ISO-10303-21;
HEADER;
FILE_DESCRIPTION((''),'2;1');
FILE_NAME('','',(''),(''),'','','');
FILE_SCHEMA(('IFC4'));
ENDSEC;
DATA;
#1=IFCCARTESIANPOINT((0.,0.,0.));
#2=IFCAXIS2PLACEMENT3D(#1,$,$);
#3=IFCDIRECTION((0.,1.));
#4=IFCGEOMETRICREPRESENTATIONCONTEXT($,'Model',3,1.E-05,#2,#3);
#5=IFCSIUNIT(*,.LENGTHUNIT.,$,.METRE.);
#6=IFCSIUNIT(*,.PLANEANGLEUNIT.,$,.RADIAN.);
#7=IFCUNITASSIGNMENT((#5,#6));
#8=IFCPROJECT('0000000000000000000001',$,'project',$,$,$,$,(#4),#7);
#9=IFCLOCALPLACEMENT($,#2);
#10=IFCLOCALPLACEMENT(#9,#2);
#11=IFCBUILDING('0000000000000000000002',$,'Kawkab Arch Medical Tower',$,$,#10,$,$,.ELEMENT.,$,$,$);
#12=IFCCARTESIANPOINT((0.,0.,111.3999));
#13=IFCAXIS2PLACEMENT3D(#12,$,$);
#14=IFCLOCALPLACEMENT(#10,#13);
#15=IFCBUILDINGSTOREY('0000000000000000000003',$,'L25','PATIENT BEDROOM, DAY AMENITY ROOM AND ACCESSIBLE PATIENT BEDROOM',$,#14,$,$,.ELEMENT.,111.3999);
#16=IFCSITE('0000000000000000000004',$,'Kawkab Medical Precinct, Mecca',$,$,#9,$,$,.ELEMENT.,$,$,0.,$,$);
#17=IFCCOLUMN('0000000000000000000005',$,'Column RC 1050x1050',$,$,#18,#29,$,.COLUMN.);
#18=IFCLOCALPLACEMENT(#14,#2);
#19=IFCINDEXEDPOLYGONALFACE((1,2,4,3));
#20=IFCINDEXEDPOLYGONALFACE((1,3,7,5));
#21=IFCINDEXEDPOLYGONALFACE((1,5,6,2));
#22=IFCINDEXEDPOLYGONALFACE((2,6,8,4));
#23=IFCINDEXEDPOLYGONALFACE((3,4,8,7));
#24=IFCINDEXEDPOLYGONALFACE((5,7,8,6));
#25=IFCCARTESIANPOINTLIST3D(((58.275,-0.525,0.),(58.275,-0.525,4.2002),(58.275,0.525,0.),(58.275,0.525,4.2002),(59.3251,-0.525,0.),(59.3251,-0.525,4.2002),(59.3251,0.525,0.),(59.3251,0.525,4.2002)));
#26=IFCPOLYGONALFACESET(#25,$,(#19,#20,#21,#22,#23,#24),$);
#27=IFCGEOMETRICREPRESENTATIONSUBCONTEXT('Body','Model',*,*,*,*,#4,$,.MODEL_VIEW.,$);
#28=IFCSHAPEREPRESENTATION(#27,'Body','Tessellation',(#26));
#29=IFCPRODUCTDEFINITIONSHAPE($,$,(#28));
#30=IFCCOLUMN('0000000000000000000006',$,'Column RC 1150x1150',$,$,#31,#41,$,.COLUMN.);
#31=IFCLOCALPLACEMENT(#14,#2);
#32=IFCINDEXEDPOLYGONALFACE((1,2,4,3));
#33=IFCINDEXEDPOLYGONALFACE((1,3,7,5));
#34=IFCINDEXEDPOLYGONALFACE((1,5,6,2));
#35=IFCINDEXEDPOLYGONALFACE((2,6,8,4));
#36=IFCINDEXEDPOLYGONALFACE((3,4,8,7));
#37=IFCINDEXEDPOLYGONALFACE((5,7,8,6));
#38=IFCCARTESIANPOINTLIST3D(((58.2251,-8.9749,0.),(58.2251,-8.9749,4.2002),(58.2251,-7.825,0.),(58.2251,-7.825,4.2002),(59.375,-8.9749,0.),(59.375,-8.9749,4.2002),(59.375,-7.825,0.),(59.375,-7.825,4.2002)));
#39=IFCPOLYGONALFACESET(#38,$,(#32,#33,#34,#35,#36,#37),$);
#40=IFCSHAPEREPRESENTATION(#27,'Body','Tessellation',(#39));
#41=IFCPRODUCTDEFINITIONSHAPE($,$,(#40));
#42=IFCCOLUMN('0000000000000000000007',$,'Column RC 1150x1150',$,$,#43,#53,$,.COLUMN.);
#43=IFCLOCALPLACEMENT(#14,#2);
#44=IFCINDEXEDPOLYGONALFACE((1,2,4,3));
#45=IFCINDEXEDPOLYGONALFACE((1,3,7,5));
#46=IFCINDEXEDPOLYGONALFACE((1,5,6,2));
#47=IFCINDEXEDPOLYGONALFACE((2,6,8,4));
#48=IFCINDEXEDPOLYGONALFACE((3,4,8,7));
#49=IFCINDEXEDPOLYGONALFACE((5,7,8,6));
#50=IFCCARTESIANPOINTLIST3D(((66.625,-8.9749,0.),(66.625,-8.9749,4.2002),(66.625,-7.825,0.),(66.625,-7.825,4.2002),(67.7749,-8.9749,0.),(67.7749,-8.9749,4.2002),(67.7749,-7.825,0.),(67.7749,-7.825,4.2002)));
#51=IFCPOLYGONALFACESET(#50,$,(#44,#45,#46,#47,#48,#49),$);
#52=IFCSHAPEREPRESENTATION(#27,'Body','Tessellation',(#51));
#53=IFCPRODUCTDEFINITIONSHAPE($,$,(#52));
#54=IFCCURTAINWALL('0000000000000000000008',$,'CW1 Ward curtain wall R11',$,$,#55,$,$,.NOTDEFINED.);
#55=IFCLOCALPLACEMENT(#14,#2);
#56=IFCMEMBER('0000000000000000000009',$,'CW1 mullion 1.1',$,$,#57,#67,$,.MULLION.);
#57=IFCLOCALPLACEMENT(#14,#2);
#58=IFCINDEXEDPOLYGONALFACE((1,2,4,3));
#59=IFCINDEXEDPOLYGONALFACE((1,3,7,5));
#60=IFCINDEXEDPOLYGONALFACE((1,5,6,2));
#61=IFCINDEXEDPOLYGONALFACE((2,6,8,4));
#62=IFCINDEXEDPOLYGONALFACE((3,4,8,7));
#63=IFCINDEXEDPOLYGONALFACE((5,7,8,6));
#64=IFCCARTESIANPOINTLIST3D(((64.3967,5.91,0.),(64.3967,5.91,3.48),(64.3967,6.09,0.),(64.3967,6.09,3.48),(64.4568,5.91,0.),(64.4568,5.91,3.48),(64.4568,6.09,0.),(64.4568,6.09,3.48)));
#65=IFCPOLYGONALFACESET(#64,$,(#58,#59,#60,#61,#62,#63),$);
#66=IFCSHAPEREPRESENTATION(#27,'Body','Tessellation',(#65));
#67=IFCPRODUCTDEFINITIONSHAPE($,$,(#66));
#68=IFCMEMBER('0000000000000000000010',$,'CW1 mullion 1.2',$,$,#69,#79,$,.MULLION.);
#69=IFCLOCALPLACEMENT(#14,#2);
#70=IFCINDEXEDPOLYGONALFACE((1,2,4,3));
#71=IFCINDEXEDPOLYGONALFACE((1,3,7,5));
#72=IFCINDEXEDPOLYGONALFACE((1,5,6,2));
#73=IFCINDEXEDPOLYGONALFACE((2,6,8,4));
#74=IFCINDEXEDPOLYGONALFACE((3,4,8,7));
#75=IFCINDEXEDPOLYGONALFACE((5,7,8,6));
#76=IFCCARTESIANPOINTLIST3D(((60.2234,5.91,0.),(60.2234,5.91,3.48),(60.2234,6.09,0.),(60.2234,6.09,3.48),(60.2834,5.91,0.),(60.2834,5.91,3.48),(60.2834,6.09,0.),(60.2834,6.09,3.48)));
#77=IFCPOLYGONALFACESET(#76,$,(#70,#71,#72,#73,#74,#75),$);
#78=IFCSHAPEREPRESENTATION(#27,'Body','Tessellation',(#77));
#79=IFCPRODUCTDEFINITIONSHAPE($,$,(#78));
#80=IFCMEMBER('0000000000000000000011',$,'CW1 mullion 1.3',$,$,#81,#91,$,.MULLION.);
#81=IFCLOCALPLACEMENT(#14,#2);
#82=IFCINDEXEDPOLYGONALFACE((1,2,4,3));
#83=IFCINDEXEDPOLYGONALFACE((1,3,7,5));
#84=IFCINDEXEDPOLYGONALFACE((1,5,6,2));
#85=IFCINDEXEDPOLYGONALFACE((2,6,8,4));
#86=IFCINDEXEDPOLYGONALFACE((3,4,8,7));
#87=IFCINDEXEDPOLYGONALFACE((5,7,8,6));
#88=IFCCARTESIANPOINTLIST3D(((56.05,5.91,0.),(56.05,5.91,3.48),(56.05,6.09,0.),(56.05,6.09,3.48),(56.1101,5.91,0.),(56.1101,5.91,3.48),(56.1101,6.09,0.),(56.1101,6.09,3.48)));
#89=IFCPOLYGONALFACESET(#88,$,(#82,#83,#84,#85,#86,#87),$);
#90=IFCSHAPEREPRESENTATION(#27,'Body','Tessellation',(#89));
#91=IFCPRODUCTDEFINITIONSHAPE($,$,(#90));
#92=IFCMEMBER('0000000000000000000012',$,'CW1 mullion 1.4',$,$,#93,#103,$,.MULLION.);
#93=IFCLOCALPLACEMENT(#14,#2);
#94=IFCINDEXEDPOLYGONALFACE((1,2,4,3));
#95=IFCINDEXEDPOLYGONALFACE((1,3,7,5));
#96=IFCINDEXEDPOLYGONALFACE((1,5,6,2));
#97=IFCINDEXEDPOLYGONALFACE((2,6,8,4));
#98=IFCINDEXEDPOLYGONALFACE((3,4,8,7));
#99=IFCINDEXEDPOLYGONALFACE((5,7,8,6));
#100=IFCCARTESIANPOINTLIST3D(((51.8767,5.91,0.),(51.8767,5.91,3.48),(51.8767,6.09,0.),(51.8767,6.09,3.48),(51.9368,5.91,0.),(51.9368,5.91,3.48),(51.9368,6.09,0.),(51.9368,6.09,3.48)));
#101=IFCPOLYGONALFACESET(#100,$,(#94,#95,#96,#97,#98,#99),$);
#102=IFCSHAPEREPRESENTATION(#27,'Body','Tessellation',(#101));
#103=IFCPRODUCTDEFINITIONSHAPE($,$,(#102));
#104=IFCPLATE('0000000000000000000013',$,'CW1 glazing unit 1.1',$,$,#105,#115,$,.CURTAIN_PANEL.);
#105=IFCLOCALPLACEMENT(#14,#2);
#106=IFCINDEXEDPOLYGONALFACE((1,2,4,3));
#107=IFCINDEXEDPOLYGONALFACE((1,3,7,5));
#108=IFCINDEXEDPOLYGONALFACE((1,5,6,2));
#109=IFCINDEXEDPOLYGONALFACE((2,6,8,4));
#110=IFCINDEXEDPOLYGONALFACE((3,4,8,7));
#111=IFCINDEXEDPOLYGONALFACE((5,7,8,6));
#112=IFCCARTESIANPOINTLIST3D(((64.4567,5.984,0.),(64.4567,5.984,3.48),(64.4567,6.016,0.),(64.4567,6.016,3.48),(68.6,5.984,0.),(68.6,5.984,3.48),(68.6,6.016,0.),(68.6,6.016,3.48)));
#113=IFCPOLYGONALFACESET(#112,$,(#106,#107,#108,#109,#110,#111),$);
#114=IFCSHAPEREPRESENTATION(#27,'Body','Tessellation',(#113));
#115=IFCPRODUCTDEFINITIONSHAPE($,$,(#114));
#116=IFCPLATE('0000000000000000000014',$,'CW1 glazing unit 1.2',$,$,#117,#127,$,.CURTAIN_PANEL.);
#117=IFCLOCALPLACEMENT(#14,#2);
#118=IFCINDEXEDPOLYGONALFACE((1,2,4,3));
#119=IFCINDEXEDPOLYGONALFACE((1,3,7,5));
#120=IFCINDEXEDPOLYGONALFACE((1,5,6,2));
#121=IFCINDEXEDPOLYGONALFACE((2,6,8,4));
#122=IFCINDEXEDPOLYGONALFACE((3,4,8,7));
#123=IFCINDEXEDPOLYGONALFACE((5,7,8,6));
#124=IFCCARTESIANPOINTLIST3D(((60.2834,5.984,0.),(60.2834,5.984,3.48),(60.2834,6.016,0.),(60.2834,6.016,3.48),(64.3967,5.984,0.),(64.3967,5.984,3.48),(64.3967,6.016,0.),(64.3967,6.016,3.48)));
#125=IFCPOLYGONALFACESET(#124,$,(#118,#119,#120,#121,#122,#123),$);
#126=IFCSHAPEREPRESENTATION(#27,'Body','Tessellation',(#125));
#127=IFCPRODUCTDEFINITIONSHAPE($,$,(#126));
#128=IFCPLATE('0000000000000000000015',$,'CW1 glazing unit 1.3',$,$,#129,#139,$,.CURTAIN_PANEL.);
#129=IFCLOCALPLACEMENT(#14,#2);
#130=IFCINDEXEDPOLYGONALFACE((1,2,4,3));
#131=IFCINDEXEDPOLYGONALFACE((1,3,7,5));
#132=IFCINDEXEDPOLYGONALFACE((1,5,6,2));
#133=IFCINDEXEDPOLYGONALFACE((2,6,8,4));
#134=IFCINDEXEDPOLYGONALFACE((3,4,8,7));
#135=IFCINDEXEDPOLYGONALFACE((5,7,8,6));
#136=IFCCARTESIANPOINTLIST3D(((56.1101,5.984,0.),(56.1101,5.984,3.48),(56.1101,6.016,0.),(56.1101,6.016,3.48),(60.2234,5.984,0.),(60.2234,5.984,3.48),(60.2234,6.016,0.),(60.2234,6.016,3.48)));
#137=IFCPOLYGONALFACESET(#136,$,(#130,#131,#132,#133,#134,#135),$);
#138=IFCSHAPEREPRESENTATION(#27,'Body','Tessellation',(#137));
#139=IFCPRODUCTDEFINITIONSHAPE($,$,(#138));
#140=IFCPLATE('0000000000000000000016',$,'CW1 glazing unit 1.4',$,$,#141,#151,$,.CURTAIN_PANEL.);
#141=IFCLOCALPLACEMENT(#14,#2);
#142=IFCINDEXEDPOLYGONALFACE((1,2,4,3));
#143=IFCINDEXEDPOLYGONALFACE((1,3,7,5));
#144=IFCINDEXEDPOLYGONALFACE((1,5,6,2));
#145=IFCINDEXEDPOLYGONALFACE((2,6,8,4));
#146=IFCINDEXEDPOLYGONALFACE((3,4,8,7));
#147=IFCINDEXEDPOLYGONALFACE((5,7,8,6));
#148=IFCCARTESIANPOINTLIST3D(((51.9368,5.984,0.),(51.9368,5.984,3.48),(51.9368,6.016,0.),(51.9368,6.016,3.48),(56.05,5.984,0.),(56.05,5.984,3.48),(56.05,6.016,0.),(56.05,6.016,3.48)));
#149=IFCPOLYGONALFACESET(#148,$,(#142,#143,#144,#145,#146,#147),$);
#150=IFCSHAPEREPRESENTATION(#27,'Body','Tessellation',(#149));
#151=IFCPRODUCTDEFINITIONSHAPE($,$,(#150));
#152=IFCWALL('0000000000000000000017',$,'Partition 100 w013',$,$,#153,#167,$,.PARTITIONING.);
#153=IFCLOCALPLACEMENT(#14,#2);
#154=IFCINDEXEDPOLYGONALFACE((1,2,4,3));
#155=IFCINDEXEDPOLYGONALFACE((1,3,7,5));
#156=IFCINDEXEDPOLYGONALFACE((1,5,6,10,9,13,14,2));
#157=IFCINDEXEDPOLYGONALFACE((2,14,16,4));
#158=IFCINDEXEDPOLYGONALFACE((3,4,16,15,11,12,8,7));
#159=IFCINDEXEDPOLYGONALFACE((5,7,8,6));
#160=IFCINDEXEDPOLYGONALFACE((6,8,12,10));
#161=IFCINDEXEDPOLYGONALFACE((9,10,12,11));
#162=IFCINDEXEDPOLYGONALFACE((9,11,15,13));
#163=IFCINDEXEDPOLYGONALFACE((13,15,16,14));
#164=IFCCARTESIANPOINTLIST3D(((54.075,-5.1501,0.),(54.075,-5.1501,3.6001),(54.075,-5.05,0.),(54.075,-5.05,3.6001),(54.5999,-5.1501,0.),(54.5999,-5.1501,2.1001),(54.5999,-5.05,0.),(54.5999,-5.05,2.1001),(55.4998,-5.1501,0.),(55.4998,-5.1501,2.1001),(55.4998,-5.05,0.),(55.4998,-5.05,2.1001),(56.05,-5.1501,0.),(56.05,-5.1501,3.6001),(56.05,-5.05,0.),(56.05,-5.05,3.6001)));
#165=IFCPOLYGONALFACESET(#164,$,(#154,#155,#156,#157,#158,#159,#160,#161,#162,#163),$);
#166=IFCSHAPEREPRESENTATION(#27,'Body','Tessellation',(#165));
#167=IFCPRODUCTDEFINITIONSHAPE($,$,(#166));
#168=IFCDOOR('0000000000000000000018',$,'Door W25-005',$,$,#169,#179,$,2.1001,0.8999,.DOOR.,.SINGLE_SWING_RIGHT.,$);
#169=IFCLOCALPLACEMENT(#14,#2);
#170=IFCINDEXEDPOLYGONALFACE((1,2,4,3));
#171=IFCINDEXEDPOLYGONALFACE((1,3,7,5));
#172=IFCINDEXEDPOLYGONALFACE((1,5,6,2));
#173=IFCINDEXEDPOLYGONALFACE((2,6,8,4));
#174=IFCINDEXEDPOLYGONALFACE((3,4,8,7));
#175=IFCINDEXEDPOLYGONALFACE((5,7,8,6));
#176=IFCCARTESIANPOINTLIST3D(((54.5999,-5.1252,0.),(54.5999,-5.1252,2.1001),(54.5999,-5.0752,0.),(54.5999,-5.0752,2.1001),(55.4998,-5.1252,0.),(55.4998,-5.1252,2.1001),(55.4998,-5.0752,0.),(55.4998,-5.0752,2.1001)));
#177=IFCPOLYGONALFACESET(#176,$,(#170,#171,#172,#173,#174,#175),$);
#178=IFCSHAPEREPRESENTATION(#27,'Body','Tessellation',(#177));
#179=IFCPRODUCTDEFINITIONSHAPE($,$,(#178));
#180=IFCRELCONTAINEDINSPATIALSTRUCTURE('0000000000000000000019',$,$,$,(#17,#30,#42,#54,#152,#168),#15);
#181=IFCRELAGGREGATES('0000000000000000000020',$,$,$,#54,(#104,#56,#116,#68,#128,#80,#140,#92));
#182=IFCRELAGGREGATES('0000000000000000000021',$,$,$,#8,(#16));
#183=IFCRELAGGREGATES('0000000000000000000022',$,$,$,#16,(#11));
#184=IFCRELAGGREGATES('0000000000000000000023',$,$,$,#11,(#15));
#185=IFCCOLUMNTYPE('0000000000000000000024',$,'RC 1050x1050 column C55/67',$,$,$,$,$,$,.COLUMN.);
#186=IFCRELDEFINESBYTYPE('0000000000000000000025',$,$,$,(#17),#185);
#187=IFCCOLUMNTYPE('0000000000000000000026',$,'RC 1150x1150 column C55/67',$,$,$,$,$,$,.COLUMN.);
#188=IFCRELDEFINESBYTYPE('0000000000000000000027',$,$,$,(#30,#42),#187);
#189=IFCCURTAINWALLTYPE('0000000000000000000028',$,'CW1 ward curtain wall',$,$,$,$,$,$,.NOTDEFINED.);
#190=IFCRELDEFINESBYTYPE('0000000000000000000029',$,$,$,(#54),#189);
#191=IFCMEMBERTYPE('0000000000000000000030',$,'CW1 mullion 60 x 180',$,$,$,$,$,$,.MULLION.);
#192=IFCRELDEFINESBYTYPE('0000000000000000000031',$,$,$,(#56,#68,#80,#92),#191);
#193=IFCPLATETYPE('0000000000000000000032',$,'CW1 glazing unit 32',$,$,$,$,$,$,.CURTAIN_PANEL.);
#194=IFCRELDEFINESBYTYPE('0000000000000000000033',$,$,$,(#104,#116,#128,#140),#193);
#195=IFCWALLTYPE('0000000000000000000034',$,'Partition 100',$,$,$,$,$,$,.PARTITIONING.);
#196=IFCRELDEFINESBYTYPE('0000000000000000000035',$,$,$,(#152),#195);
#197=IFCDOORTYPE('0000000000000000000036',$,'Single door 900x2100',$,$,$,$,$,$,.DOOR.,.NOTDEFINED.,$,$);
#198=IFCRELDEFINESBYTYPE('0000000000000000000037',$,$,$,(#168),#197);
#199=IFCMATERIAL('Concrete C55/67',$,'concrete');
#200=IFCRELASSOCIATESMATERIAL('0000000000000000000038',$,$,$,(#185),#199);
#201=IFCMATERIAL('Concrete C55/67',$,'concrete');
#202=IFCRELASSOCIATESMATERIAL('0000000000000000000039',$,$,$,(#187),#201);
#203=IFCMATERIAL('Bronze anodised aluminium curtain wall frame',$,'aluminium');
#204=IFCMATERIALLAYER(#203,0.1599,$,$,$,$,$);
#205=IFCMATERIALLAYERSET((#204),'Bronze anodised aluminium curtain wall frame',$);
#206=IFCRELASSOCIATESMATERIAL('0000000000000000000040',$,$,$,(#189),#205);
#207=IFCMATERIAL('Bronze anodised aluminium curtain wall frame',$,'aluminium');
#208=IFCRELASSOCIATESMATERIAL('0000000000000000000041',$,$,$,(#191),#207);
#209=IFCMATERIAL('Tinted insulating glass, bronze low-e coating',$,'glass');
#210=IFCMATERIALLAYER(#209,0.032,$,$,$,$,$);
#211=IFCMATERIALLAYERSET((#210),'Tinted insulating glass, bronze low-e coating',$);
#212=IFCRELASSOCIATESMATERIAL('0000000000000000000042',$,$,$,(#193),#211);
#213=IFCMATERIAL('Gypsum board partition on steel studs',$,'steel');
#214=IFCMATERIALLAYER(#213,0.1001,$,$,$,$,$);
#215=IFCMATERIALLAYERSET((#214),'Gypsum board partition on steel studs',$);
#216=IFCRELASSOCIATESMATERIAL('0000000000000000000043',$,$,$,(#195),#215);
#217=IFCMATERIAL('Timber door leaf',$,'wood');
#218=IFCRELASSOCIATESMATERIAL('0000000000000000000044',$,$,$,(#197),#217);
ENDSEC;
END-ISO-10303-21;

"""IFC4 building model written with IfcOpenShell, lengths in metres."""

from ifc_helpers import new_model, si_unit, direction, frame, frame_2d, origin, origin_2d, place, context, subcontext, project, spatial, rectangle, extrude, material, layer, layer_set, material_profile, profile_set, type_object, element, fill, aggregate, save


model = new_model("IFC4")

# Units and contexts
model_context = context("Model", 3, precision=1e-05, world=origin(), true_north=direction((0.0, 1.0)))
body_context = subcontext(model_context, "Body", "Model", "MODEL_VIEW")
ifc_project = project(units=[si_unit("LENGTHUNIT", "METRE"), si_unit("PLANEANGLEUNIT", "RADIAN")], contexts=[model_context])

# Site, building, storey
site_placement = place(None, origin())
site = spatial("IfcSite", under=ifc_project, at=site_placement, Name="Kawkab Medical Precinct, Mecca", CompositionType="ELEMENT", RefElevation=0.0)
building_placement = place(site_placement, origin())
building = spatial("IfcBuilding", under=site, at=building_placement, Name="Kawkab Arch Medical Tower", CompositionType="ELEMENT")
storey_placement = place(building_placement, frame((0.0, 0.0, 111.3999)))
storey = spatial("IfcBuildingStorey", under=building, at=storey_placement, Name="L25", Description="PATIENT BEDROOM, DAY AMENITY ROOM AND ACCESSIBLE PATIENT BEDROOM", CompositionType="ELEMENT", Elevation=111.3999)

# Columns
ifc_material_1 = material(Name="Concrete C55/67", Category="concrete")
ifc_material_profile_1 = material_profile(ifc_material_1, rectangle(XDim=1.05, YDim=1.05, at=origin_2d()), Name="RC 1050x1050")
ifc_profile_set_1 = profile_set([ifc_material_profile_1], Name="Concrete C55/67")
column_type_1 = type_object("IfcColumnType", Name="RC 1050x1050 column C55/67", PredefinedType="COLUMN", material=ifc_profile_set_1)
column_placement = place(storey_placement, frame((58.8, 0.0, 0.0), z_axis=(0.0, 0.0, 1.0), x_axis=(1.0, 0.0, 0.0)))
element("IfcColumn", 1, at=column_placement, inside=storey, type_object=column_type_1, Name="Column RC 1050x1050", PredefinedType="COLUMN", context=body_context, shape_type="SweptSolid", body=[
    extrude(rectangle(XDim=1.05, YDim=1.05, at=origin_2d()), origin(), (0.0, 0.0, 1.0), 4.2002),
])
ifc_material_2 = material(Name="Concrete C55/67", Category="concrete")
ifc_material_profile_2 = material_profile(ifc_material_2, rectangle(XDim=1.1499, YDim=1.1499, at=origin_2d()), Name="RC 1150x1150")
ifc_profile_set_2 = profile_set([ifc_material_profile_2], Name="Concrete C55/67")
column_type_2 = type_object("IfcColumnType", Name="RC 1150x1150 column C55/67", PredefinedType="COLUMN", material=ifc_profile_set_2)
for number, where, z_axis, x_axis, name in (
    (2, (58.8, -8.3999, 0.0), (0.0, 0.0, 1.0), (1.0, 0.0, 0.0), "Column RC 1150x1150"),
    (3, (67.2, -8.3999, 0.0), (0.0, 0.0, 1.0), (1.0, 0.0, 0.0), "Column RC 1150x1150"),
):
    element("IfcColumn", number, at=place(storey_placement, frame(where, z_axis=z_axis, x_axis=x_axis)), inside=storey, type_object=column_type_2, Name=name, PredefinedType="COLUMN", context=body_context, shape_type="SweptSolid", body=[
        extrude(rectangle(XDim=1.1499, YDim=1.1499, at=origin_2d()), origin(), (0.0, 0.0, 1.0), 4.2002),
    ])

# Curtain wall, members, plates
ifc_material_3 = material(Name="Bronze anodised aluminium curtain wall frame", Category="aluminium")
ifc_layer_1 = layer(ifc_material_3, 0.1599)
ifc_layer_set_1 = layer_set([ifc_layer_1], Name="Bronze anodised aluminium curtain wall frame")
curtain_wall_type = type_object("IfcCurtainWallType", Name="CW1 ward curtain wall", PredefinedType="NOTDEFINED", material=ifc_layer_set_1)
curtain_wall_placement = place(storey_placement, origin())
curtain_wall = element("IfcCurtainWall", 4, at=curtain_wall_placement, inside=storey, type_object=curtain_wall_type, Name="CW1 Ward curtain wall R11", PredefinedType="NOTDEFINED")
ifc_material_4 = material(Name="Bronze anodised aluminium curtain wall frame", Category="aluminium")
ifc_material_profile_3 = material_profile(ifc_material_4, rectangle(XDim=0.1799, YDim=0.0601, at=origin_2d()), Name="AL 60x180")
ifc_profile_set_3 = profile_set([ifc_material_profile_3], Name="Bronze anodised aluminium curtain wall frame")
member_type = type_object("IfcMemberType", Name="CW1 mullion 60 x 180", PredefinedType="MULLION", material=ifc_profile_set_3)
member_1_placement = place(storey_placement, frame((64.4268, 6.0, 0.0), z_axis=(0.0, 0.0, 1.0), x_axis=(0.0, -1.0, 0.0)))
member_1 = element("IfcMember", 5, at=member_1_placement, type_object=member_type, Name="CW1 mullion 1.1", PredefinedType="MULLION", context=body_context, shape_type="SweptSolid", body=[
    extrude(rectangle(XDim=0.1799, YDim=0.0601, at=origin_2d()), origin(), (0.0, 0.0, 1.0), 3.48),
])
member_2_placement = place(storey_placement, frame((60.2534, 6.0, 0.0), z_axis=(0.0, 0.0, 1.0), x_axis=(0.0, -1.0, 0.0)))
member_2 = element("IfcMember", 6, at=member_2_placement, type_object=member_type, Name="CW1 mullion 1.2", PredefinedType="MULLION", context=body_context, shape_type="SweptSolid", body=[
    extrude(rectangle(XDim=0.1799, YDim=0.0601, at=origin_2d()), origin(), (0.0, 0.0, 1.0), 3.48),
])
member_3_placement = place(storey_placement, frame((56.0801, 6.0, 0.0), z_axis=(0.0, 0.0, 1.0), x_axis=(0.0, -1.0, 0.0)))
member_3 = element("IfcMember", 7, at=member_3_placement, type_object=member_type, Name="CW1 mullion 1.3", PredefinedType="MULLION", context=body_context, shape_type="SweptSolid", body=[
    extrude(rectangle(XDim=0.1799, YDim=0.0601, at=origin_2d()), origin(), (0.0, 0.0, 1.0), 3.48),
])
member_4_placement = place(storey_placement, frame((51.9067, 6.0, 0.0), z_axis=(0.0, 0.0, 1.0), x_axis=(0.0, -1.0, 0.0)))
member_4 = element("IfcMember", 8, at=member_4_placement, type_object=member_type, Name="CW1 mullion 1.4", PredefinedType="MULLION", context=body_context, shape_type="SweptSolid", body=[
    extrude(rectangle(XDim=0.1799, YDim=0.0601, at=origin_2d()), origin(), (0.0, 0.0, 1.0), 3.48),
])
ifc_material_5 = material(Name="Tinted insulating glass, bronze low-e coating", Category="glass")
ifc_layer_2 = layer(ifc_material_5, 0.032)
ifc_layer_set_2 = layer_set([ifc_layer_2], Name="Tinted insulating glass, bronze low-e coating")
plate_type = type_object("IfcPlateType", Name="CW1 glazing unit 32", PredefinedType="CURTAIN_PANEL", material=ifc_layer_set_2)
plate_1_placement = place(storey_placement, frame((66.5283, 6.0, 0.0), z_axis=(0.0, 0.0, 1.0), x_axis=(-1.0, 0.0, 0.0)))
plate_1 = element("IfcPlate", 9, at=plate_1_placement, type_object=plate_type, Name="CW1 glazing unit 1.1", PredefinedType="CURTAIN_PANEL", context=body_context, shape_type="SweptSolid", body=[
    extrude(rectangle(XDim=4.1433, YDim=0.032, at=origin_2d()), origin(), (0.0, 0.0, 1.0), 3.48),
])
plate_2_placement = place(storey_placement, frame((62.3401, 6.0, 0.0), z_axis=(0.0, 0.0, 1.0), x_axis=(-1.0, 0.0, 0.0)))
plate_2 = element("IfcPlate", 10, at=plate_2_placement, type_object=plate_type, Name="CW1 glazing unit 1.2", PredefinedType="CURTAIN_PANEL", context=body_context, shape_type="SweptSolid", body=[
    extrude(rectangle(XDim=4.1133, YDim=0.032, at=origin_2d()), origin(), (0.0, 0.0, 1.0), 3.48),
])
plate_3_placement = place(storey_placement, frame((58.1667, 6.0, 0.0), z_axis=(0.0, 0.0, 1.0), x_axis=(-1.0, 0.0, 0.0)))
plate_3 = element("IfcPlate", 11, at=plate_3_placement, type_object=plate_type, Name="CW1 glazing unit 1.3", PredefinedType="CURTAIN_PANEL", context=body_context, shape_type="SweptSolid", body=[
    extrude(rectangle(XDim=4.1133, YDim=0.032, at=origin_2d()), origin(), (0.0, 0.0, 1.0), 3.48),
])
plate_4_placement = place(storey_placement, frame((53.9934, 6.0, 0.0), z_axis=(0.0, 0.0, 1.0), x_axis=(-1.0, 0.0, 0.0)))
plate_4 = element("IfcPlate", 12, at=plate_4_placement, type_object=plate_type, Name="CW1 glazing unit 1.4", PredefinedType="CURTAIN_PANEL", context=body_context, shape_type="SweptSolid", body=[
    extrude(rectangle(XDim=4.1133, YDim=0.032, at=origin_2d()), origin(), (0.0, 0.0, 1.0), 3.48),
])
aggregate(curtain_wall, [plate_1, member_1, plate_2, member_2, plate_3, member_3, plate_4, member_4])

# Wall, opening, door
ifc_material_6 = material(Name="Gypsum board partition on steel studs", Category="steel")
ifc_layer_3 = layer(ifc_material_6, 0.1001)
ifc_layer_set_3 = layer_set([ifc_layer_3], Name="Gypsum board partition on steel studs")
wall_type_1 = type_object("IfcWallType", Name="Partition 100", PredefinedType="PARTITIONING", material=ifc_layer_set_3)
wall_1_placement = place(storey_placement, frame((54.075, -5.1001, 0.0), z_axis=(0.0, 0.0, 1.0), x_axis=(1.0, 0.0, 0.0)))
wall_1 = element("IfcWall", 13, at=wall_1_placement, inside=storey, type_object=wall_type_1, Name="Partition 100 w013", PredefinedType="PARTITIONING", context=body_context, shape_type="SweptSolid", body=[
    extrude(rectangle(XDim=1.9751, YDim=0.1001, at=frame_2d((0.9875, 0.0))), origin(), (0.0, 0.0, 1.0), 3.6001),
])
opening_1_placement = place(wall_1_placement, frame((0.5249, 0.0, 0.0)))
opening_1 = element("IfcOpeningElement", 14, at=opening_1_placement, cuts=wall_1, PredefinedType="OPENING", context=body_context, shape_type="SweptSolid", body=[
    extrude(rectangle(XDim=0.8999, YDim=2.1001, at=frame_2d((0.45, 1.05))), frame((0.0, 0.0601, 0.0), z_axis=(0.0, -1.0, 0.0), x_axis=(1.0, 0.0, 0.0)), (0.0, 0.0, 1.0), 0.1201),
])
ifc_material_7 = material(Name="Timber door leaf", Category="wood")
door_type = type_object("IfcDoorType", Name="Single door 900x2100", OperationType="NOTDEFINED", PredefinedType="DOOR", material=ifc_material_7)
door_1_placement = place(opening_1_placement, origin())
door_1 = element("IfcDoor", 15, at=door_1_placement, inside=storey, type_object=door_type, Name="Door W25-005", OperationType="SINGLE_SWING_RIGHT", OverallHeight=2.1001, OverallWidth=0.8999, PredefinedType="DOOR", context=body_context, shape_type="SweptSolid", body=[
    extrude(rectangle(XDim=0.8999, YDim=2.1001, at=frame_2d((0.45, 1.05))), frame((0.0, 0.0249, 0.0), z_axis=(0.0, -1.0, 0.0), x_axis=(1.0, 0.0, 0.0)), (0.0, 0.0, 1.0), 0.05),
])
fill(opening_1, door_1)

save(model, "model.ifc")
